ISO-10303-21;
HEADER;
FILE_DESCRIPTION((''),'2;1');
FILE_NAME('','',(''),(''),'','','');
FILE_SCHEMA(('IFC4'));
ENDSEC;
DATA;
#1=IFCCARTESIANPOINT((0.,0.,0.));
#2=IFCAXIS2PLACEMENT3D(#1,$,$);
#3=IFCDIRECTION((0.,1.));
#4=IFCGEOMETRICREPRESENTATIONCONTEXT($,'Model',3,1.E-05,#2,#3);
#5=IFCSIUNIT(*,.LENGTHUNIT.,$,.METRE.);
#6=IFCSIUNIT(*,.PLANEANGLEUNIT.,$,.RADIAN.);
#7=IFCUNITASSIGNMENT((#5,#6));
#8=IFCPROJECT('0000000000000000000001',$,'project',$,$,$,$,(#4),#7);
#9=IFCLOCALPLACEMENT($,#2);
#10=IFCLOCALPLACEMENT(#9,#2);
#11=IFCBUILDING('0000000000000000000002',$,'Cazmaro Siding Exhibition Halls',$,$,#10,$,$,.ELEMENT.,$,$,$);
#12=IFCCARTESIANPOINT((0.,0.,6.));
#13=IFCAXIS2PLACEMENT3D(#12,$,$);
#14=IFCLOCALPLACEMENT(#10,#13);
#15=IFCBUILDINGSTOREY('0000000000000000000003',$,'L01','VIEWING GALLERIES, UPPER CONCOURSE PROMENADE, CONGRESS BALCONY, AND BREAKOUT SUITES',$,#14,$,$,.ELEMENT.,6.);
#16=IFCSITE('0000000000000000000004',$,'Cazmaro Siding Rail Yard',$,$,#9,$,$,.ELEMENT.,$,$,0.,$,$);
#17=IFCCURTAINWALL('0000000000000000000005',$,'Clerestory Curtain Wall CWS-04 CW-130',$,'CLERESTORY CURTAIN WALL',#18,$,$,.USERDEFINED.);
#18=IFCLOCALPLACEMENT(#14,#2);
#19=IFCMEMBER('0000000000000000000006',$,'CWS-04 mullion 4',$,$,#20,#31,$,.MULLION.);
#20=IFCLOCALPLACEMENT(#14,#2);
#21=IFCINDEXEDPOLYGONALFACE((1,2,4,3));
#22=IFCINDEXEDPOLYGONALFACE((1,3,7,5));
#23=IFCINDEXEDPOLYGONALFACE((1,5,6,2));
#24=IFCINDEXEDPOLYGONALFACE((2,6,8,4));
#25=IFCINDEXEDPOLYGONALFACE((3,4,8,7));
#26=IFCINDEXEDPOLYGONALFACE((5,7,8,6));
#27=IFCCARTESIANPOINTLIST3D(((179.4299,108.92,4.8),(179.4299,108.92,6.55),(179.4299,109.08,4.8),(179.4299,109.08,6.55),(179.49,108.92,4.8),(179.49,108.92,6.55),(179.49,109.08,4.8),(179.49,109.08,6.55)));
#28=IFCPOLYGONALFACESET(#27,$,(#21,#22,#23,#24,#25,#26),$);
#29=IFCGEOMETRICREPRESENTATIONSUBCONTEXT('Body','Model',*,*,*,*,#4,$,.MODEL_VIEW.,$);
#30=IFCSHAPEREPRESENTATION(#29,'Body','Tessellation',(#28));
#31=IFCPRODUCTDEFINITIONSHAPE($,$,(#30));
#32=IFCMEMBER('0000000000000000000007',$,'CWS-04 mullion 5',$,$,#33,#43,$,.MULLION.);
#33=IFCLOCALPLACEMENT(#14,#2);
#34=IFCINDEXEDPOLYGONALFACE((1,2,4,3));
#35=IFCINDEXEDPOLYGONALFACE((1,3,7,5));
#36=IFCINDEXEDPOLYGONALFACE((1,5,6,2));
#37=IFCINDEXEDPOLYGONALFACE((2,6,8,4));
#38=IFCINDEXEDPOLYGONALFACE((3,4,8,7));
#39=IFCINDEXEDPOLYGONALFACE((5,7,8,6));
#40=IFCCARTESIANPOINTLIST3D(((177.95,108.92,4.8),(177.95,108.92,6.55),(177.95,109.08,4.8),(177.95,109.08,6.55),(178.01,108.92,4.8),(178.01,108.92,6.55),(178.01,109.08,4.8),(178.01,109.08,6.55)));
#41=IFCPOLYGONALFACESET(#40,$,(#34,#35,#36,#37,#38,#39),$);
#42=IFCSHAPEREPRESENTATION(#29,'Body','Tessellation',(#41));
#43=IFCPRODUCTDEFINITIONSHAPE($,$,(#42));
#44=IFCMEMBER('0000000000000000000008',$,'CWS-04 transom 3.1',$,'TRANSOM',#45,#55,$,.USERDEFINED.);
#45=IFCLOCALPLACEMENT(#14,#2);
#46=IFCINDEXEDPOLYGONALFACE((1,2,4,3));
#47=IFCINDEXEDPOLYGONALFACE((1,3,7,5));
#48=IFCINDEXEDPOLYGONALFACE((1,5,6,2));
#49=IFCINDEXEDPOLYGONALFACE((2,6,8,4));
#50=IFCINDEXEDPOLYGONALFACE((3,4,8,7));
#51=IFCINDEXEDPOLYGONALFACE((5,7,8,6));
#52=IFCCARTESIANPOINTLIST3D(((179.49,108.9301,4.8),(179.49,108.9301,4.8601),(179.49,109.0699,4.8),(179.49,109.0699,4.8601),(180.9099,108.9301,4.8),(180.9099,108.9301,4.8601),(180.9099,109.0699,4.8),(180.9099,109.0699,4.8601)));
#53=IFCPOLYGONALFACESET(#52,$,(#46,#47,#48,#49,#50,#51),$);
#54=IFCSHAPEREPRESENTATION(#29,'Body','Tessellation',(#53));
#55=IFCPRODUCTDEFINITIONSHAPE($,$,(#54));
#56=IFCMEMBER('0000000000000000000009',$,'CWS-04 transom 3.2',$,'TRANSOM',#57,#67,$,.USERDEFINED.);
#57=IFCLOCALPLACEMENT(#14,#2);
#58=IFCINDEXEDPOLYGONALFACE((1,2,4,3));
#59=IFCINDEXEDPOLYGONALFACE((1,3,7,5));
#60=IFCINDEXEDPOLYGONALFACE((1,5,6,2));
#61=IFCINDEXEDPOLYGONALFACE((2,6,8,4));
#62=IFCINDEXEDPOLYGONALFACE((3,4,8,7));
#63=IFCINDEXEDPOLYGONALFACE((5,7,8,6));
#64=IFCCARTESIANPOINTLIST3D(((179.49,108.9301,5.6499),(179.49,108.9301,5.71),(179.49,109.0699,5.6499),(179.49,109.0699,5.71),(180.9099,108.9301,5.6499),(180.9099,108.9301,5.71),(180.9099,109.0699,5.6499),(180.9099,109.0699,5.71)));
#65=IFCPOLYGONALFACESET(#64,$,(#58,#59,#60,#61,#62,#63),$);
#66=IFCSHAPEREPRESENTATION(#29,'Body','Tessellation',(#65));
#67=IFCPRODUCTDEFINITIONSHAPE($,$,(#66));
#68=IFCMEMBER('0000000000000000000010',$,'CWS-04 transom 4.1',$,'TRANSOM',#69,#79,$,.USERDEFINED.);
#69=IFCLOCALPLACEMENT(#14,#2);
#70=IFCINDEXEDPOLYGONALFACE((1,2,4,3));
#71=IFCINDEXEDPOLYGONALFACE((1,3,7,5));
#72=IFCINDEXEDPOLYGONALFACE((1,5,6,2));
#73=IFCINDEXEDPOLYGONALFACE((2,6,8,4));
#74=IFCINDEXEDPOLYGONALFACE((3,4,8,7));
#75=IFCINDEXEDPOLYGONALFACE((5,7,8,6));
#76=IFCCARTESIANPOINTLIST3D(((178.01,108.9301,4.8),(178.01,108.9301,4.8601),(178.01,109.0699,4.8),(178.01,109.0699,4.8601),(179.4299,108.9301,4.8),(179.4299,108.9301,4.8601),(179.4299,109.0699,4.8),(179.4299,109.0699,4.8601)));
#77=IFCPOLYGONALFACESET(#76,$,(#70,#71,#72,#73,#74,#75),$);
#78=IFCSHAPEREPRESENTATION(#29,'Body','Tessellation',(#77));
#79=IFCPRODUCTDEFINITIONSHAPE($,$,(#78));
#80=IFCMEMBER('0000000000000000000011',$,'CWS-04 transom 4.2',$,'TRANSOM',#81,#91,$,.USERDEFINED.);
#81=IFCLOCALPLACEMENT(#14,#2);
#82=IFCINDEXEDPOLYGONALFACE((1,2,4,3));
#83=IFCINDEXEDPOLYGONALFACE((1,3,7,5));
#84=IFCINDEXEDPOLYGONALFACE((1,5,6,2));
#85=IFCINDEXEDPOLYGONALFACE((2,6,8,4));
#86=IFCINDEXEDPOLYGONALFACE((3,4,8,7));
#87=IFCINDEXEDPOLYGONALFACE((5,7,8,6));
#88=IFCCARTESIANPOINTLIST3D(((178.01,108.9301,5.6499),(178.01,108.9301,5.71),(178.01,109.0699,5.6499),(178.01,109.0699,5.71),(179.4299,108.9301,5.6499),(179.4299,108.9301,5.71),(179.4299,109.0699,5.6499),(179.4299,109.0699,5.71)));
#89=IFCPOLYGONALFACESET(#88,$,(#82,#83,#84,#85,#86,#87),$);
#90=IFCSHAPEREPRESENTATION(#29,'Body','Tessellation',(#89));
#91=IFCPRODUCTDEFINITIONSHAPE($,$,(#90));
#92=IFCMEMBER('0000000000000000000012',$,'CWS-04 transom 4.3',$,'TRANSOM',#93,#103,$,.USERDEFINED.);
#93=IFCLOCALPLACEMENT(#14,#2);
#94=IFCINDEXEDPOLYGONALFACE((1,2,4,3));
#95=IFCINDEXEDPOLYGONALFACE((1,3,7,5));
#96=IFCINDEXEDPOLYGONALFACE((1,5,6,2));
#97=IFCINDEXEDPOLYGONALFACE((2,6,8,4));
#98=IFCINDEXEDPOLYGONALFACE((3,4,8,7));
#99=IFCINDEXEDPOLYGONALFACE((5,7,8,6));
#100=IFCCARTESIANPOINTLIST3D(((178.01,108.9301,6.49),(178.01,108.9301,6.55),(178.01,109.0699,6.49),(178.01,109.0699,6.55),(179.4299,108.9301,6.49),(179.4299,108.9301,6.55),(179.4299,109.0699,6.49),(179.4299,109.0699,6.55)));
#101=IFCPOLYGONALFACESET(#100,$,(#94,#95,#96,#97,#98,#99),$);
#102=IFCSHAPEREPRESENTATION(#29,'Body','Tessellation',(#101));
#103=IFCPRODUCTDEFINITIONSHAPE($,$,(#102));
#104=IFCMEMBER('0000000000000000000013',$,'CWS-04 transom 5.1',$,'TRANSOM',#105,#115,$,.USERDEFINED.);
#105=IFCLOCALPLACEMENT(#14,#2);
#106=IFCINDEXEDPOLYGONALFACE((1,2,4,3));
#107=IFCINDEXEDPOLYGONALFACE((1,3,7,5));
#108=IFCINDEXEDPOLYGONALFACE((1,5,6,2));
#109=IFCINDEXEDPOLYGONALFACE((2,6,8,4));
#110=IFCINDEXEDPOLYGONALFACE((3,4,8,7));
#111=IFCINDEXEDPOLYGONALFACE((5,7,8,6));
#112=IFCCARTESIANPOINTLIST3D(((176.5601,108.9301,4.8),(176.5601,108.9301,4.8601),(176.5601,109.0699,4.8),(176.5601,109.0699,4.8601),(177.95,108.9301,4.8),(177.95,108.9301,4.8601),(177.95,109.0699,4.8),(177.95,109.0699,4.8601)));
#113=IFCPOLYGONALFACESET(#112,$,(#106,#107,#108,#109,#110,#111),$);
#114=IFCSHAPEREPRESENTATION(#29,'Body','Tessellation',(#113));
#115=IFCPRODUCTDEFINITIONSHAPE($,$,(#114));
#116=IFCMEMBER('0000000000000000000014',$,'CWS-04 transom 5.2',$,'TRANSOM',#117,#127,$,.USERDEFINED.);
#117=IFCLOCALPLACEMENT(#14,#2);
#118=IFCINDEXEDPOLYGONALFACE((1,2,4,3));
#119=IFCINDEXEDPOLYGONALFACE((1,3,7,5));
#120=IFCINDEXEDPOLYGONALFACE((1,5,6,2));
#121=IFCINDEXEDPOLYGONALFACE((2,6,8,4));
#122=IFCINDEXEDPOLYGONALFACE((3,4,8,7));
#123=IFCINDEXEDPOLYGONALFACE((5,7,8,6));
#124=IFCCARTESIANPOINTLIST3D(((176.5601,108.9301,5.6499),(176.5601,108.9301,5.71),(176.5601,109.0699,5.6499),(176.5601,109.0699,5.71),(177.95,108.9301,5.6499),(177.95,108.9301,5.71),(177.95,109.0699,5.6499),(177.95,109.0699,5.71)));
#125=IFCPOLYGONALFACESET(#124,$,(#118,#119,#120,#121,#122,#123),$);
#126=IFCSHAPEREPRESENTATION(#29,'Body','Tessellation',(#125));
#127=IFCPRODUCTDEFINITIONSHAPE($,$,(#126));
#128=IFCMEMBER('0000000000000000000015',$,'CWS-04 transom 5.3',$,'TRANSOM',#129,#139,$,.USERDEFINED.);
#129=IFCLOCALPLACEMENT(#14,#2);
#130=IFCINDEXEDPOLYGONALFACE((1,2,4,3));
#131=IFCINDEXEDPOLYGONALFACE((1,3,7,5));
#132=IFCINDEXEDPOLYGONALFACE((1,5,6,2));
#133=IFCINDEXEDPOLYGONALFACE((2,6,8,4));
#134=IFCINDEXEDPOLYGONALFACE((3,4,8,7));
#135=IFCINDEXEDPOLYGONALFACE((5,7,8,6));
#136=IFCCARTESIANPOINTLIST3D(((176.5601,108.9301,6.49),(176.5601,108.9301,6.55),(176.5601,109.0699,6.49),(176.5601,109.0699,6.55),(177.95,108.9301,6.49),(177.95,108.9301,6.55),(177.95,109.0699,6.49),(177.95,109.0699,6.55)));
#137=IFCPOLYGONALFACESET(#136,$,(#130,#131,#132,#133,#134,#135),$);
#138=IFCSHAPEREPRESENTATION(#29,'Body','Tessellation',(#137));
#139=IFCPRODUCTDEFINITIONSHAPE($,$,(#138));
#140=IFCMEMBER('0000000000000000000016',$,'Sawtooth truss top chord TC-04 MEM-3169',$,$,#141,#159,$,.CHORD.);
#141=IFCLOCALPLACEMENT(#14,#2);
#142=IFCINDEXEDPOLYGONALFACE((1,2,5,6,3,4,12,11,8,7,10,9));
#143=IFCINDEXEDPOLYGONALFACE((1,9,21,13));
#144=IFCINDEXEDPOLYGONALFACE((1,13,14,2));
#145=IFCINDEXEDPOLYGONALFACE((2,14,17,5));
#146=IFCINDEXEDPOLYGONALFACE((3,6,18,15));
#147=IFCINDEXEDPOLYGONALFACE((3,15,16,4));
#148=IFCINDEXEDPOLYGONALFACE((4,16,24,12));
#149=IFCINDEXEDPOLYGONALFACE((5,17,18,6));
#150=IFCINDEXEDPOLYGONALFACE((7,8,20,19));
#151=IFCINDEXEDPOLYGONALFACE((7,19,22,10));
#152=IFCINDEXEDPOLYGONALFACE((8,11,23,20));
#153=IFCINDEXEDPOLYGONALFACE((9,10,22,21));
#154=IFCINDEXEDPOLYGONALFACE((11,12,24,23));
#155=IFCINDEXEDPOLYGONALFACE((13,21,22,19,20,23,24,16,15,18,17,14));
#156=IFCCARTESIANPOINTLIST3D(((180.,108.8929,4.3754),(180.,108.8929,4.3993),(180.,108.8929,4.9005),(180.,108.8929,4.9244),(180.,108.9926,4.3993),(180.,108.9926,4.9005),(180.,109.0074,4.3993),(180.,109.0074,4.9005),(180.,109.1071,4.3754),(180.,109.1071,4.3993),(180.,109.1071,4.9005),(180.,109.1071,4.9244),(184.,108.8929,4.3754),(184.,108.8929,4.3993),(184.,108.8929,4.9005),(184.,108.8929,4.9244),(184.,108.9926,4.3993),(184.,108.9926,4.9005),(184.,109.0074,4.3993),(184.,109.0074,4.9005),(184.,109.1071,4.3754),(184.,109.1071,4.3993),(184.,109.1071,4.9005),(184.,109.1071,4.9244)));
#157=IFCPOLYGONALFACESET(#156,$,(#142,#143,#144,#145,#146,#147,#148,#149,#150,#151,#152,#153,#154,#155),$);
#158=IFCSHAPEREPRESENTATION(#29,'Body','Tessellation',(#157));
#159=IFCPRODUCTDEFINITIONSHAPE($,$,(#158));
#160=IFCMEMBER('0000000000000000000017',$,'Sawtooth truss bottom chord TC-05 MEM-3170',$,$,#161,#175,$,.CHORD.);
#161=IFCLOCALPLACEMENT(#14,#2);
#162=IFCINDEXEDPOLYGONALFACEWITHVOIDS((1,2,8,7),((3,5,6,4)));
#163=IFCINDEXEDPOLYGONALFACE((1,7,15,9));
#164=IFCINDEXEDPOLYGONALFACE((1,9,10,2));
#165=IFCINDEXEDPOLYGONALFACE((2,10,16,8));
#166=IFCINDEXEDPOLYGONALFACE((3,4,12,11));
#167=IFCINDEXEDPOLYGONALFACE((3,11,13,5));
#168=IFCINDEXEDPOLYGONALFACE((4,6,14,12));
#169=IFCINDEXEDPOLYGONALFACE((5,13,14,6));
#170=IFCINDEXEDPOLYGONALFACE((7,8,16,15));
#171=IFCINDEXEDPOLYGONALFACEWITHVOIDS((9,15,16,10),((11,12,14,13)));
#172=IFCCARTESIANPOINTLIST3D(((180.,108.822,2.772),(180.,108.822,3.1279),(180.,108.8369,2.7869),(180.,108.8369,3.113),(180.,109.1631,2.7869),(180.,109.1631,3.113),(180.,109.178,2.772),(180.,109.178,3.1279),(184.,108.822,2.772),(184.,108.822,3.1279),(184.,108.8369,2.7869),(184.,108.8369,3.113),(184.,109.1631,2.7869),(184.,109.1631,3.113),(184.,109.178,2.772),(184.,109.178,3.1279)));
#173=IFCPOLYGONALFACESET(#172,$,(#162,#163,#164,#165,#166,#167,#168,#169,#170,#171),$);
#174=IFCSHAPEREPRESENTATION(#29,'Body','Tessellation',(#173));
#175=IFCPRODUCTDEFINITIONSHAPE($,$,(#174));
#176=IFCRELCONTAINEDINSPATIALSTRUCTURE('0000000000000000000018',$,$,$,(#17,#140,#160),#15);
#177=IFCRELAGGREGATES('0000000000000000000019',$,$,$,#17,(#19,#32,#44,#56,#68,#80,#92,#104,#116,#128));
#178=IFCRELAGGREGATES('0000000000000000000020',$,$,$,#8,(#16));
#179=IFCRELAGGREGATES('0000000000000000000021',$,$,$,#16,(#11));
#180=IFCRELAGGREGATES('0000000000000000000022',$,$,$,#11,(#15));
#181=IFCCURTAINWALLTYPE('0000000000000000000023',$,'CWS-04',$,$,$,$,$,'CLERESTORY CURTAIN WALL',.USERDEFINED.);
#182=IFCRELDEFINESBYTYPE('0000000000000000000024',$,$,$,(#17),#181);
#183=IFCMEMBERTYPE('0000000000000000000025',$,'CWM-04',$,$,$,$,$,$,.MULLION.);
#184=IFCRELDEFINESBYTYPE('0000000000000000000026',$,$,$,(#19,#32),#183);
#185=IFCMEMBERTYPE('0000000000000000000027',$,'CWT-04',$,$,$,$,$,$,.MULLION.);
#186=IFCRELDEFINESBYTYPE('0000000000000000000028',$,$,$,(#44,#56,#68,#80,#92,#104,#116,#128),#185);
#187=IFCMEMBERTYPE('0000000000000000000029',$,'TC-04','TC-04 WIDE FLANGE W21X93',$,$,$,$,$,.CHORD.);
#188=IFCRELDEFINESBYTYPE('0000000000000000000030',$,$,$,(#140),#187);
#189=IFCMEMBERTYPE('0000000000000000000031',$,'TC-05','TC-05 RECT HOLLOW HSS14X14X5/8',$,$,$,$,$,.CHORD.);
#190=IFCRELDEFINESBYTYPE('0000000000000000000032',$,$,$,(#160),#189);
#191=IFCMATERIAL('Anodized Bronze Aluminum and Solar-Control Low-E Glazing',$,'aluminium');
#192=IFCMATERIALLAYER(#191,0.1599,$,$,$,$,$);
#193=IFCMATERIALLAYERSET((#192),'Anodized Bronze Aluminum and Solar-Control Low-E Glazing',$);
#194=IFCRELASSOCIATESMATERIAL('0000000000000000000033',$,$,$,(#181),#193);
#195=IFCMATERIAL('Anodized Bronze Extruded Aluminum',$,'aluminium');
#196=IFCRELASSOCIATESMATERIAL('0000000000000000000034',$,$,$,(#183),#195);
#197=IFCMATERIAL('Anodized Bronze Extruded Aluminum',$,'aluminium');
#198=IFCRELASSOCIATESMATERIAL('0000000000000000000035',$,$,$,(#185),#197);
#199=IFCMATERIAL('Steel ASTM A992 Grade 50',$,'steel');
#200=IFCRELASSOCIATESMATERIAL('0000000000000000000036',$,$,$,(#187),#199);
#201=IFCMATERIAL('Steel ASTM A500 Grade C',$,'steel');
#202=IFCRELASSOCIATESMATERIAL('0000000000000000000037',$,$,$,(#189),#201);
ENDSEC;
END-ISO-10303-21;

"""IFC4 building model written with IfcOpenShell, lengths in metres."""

from ifc_helpers import new_model, si_unit, direction, frame, origin, origin_2d, place, context, subcontext, project, spatial, rectangle, hollow_rectangle, i_section, extrude, material, layer, layer_set, material_profile, profile_set, type_object, element, aggregate, save


model = new_model("IFC4")

# Units and contexts
model_context = context("Model", 3, precision=1e-05, world=origin(), true_north=direction((0.0, 1.0)))
body_context = subcontext(model_context, "Body", "Model", "MODEL_VIEW")
ifc_project = project(units=[si_unit("LENGTHUNIT", "METRE"), si_unit("PLANEANGLEUNIT", "RADIAN")], contexts=[model_context])

# Site, building, storey
site_placement = place(None, origin())
site = spatial("IfcSite", under=ifc_project, at=site_placement, Name="Cazmaro Siding Rail Yard", CompositionType="ELEMENT", RefElevation=0.0)
building_placement = place(site_placement, origin())
building = spatial("IfcBuilding", under=site, at=building_placement, Name="Cazmaro Siding Exhibition Halls", CompositionType="ELEMENT")
storey_placement = place(building_placement, frame((0.0, 0.0, 6.0)))
storey = spatial("IfcBuildingStorey", under=building, at=storey_placement, Name="L01", Description="VIEWING GALLERIES, UPPER CONCOURSE PROMENADE, CONGRESS BALCONY, AND BREAKOUT SUITES", CompositionType="ELEMENT", Elevation=6.0)

# Curtain wall, members
ifc_material_1 = material(Name="Anodized Bronze Aluminum and Solar-Control Low-E Glazing", Category="aluminium")
ifc_layer_1 = layer(ifc_material_1, 0.1599)
ifc_layer_set_1 = layer_set([ifc_layer_1], Name="Anodized Bronze Aluminum and Solar-Control Low-E Glazing")
curtain_wall_type = type_object("IfcCurtainWallType", Name="CWS-04", ElementType="CLERESTORY CURTAIN WALL", PredefinedType="USERDEFINED", material=ifc_layer_set_1)
curtain_wall_placement = place(storey_placement, origin())
curtain_wall = element("IfcCurtainWall", 1, at=curtain_wall_placement, inside=storey, type_object=curtain_wall_type, Name="Clerestory Curtain Wall CWS-04 CW-130", ObjectType="CLERESTORY CURTAIN WALL", PredefinedType="USERDEFINED")
ifc_material_2 = material(Name="Anodized Bronze Extruded Aluminum", Category="aluminium")
ifc_material_profile_1 = material_profile(ifc_material_2, rectangle(XDim=0.1599, YDim=0.0601, at=origin_2d()), Name="CWM-04")
ifc_profile_set_1 = profile_set([ifc_material_profile_1], Name="Anodized Bronze Extruded Aluminum")
member_type_1 = type_object("IfcMemberType", Name="CWM-04", PredefinedType="MULLION", material=ifc_profile_set_1)
member_1_placement = place(storey_placement, frame((179.46, 109.0, 4.8), z_axis=(0.0, 0.0, 1.0), x_axis=(0.0, -1.0, 0.0)))
member_1 = element("IfcMember", 2, at=member_1_placement, type_object=member_type_1, Name="CWS-04 mullion 4", PredefinedType="MULLION", context=body_context, shape_type="SweptSolid", body=[
    extrude(rectangle(XDim=0.1599, YDim=0.0601, at=origin_2d()), origin(), (0.0, 0.0, 1.0), 1.75),
])
member_2_placement = place(storey_placement, frame((177.98, 109.0, 4.8), z_axis=(0.0, 0.0, 1.0), x_axis=(0.0, -1.0, 0.0)))
member_2 = element("IfcMember", 3, at=member_2_placement, type_object=member_type_1, Name="CWS-04 mullion 5", PredefinedType="MULLION", context=body_context, shape_type="SweptSolid", body=[
    extrude(rectangle(XDim=0.1599, YDim=0.0601, at=origin_2d()), origin(), (0.0, 0.0, 1.0), 1.75),
])
ifc_material_3 = material(Name="Anodized Bronze Extruded Aluminum", Category="aluminium")
ifc_material_profile_2 = material_profile(ifc_material_3, rectangle(XDim=0.1399, YDim=0.0601, at=origin_2d()), Name="CWT-04")
ifc_profile_set_2 = profile_set([ifc_material_profile_2], Name="Anodized Bronze Extruded Aluminum")
member_type_2 = type_object("IfcMemberType", Name="CWT-04", PredefinedType="MULLION", material=ifc_profile_set_2)
member_3_placement = place(storey_placement, frame((180.9099, 109.0, 4.8301), z_axis=(-1.0, 0.0, 0.0), x_axis=(0.0, -1.0, 0.0)))
member_3 = element("IfcMember", 4, at=member_3_placement, type_object=member_type_2, Name="CWS-04 transom 3.1", ObjectType="TRANSOM", PredefinedType="USERDEFINED", context=body_context, shape_type="SweptSolid", body=[
    extrude(rectangle(XDim=0.1399, YDim=0.0601, at=origin_2d()), origin(), (0.0, 0.0, 1.0), 1.4199),
])
member_4_placement = place(storey_placement, frame((180.9099, 109.0, 5.6799), z_axis=(-1.0, 0.0, 0.0), x_axis=(0.0, -1.0, 0.0)))
member_4 = element("IfcMember", 5, at=member_4_placement, type_object=member_type_2, Name="CWS-04 transom 3.2", ObjectType="TRANSOM", PredefinedType="USERDEFINED", context=body_context, shape_type="SweptSolid", body=[
    extrude(rectangle(XDim=0.1399, YDim=0.0601, at=origin_2d()), origin(), (0.0, 0.0, 1.0), 1.4199),
])
member_5_placement = place(storey_placement, frame((179.4299, 109.0, 4.8301), z_axis=(-1.0, 0.0, 0.0), x_axis=(0.0, -1.0, 0.0)))
member_5 = element("IfcMember", 6, at=member_5_placement, type_object=member_type_2, Name="CWS-04 transom 4.1", ObjectType="TRANSOM", PredefinedType="USERDEFINED", context=body_context, shape_type="SweptSolid", body=[
    extrude(rectangle(XDim=0.1399, YDim=0.0601, at=origin_2d()), origin(), (0.0, 0.0, 1.0), 1.4199),
])
member_6_placement = place(storey_placement, frame((179.4299, 109.0, 5.6799), z_axis=(-1.0, 0.0, 0.0), x_axis=(0.0, -1.0, 0.0)))
member_6 = element("IfcMember", 7, at=member_6_placement, type_object=member_type_2, Name="CWS-04 transom 4.2", ObjectType="TRANSOM", PredefinedType="USERDEFINED", context=body_context, shape_type="SweptSolid", body=[
    extrude(rectangle(XDim=0.1399, YDim=0.0601, at=origin_2d()), origin(), (0.0, 0.0, 1.0), 1.4199),
])
member_7_placement = place(storey_placement, frame((179.4299, 109.0, 6.52), z_axis=(-1.0, 0.0, 0.0), x_axis=(0.0, -1.0, 0.0)))
member_7 = element("IfcMember", 8, at=member_7_placement, type_object=member_type_2, Name="CWS-04 transom 4.3", ObjectType="TRANSOM", PredefinedType="USERDEFINED", context=body_context, shape_type="SweptSolid", body=[
    extrude(rectangle(XDim=0.1399, YDim=0.0601, at=origin_2d()), origin(), (0.0, 0.0, 1.0), 1.4199),
])
member_8_placement = place(storey_placement, frame((177.95, 109.0, 4.8301), z_axis=(-1.0, 0.0, 0.0), x_axis=(0.0, -1.0, 0.0)))
member_8 = element("IfcMember", 9, at=member_8_placement, type_object=member_type_2, Name="CWS-04 transom 5.1", ObjectType="TRANSOM", PredefinedType="USERDEFINED", context=body_context, shape_type="SweptSolid", body=[
    extrude(rectangle(XDim=0.1399, YDim=0.0601, at=origin_2d()), origin(), (0.0, 0.0, 1.0), 1.3899),
])
member_9_placement = place(storey_placement, frame((177.95, 109.0, 5.6799), z_axis=(-1.0, 0.0, 0.0), x_axis=(0.0, -1.0, 0.0)))
member_9 = element("IfcMember", 10, at=member_9_placement, type_object=member_type_2, Name="CWS-04 transom 5.2", ObjectType="TRANSOM", PredefinedType="USERDEFINED", context=body_context, shape_type="SweptSolid", body=[
    extrude(rectangle(XDim=0.1399, YDim=0.0601, at=origin_2d()), origin(), (0.0, 0.0, 1.0), 1.3899),
])
member_10_placement = place(storey_placement, frame((177.95, 109.0, 6.52), z_axis=(-1.0, 0.0, 0.0), x_axis=(0.0, -1.0, 0.0)))
member_10 = element("IfcMember", 11, at=member_10_placement, type_object=member_type_2, Name="CWS-04 transom 5.3", ObjectType="TRANSOM", PredefinedType="USERDEFINED", context=body_context, shape_type="SweptSolid", body=[
    extrude(rectangle(XDim=0.1399, YDim=0.0601, at=origin_2d()), origin(), (0.0, 0.0, 1.0), 1.3899),
])

# Members
ifc_material_4 = material(Name="Steel ASTM A992 Grade 50", Category="steel")
ifc_material_profile_3 = material_profile(ifc_material_4, i_section(OverallWidth=0.2141, OverallDepth=0.5491, WebThickness=0.0149, FlangeThickness=0.0239, at=origin_2d()), Name="W21X93")
ifc_profile_set_3 = profile_set([ifc_material_profile_3], Name="Steel ASTM A992 Grade 50")
member_type_3 = type_object("IfcMemberType", Name="TC-04", Description="TC-04 WIDE FLANGE W21X93", PredefinedType="CHORD", material=ifc_profile_set_3)
member_11_placement = place(storey_placement, frame((180.0, 109.0, 4.6499), z_axis=(1.0, 0.0, 0.0), x_axis=(0.0, 1.0, 0.0)))
element("IfcMember", 12, at=member_11_placement, inside=storey, type_object=member_type_3, Name="Sawtooth truss top chord TC-04 MEM-3169", PredefinedType="CHORD", context=body_context, shape_type="SweptSolid", body=[
    extrude(i_section(OverallWidth=0.2141, OverallDepth=0.5491, WebThickness=0.0149, FlangeThickness=0.0239, at=origin_2d()), origin(), (0.0, 0.0, 1.0), 4.0),
])
ifc_material_5 = material(Name="Steel ASTM A500 Grade C", Category="steel")
ifc_material_profile_4 = material_profile(ifc_material_5, hollow_rectangle(XDim=0.356, YDim=0.356, WallThickness=0.0149, at=origin_2d()), Name="HSS14X14X5/8")
ifc_profile_set_4 = profile_set([ifc_material_profile_4], Name="Steel ASTM A500 Grade C")
member_type_4 = type_object("IfcMemberType", Name="TC-05", Description="TC-05 RECT HOLLOW HSS14X14X5/8", PredefinedType="CHORD", material=ifc_profile_set_4)
member_12_placement = place(storey_placement, frame((180.0, 109.0, 2.95), z_axis=(1.0, 0.0, 0.0), x_axis=(0.0, 1.0, 0.0)))
element("IfcMember", 13, at=member_12_placement, inside=storey, type_object=member_type_4, Name="Sawtooth truss bottom chord TC-05 MEM-3170", PredefinedType="CHORD", context=body_context, shape_type="SweptSolid", body=[
    extrude(hollow_rectangle(XDim=0.356, YDim=0.356, WallThickness=0.0149, at=origin_2d()), origin(), (0.0, 0.0, 1.0), 4.0),
])

aggregate(curtain_wall, [member_1, member_2, member_3, member_4, member_5, member_6, member_7, member_8, member_9, member_10])

save(model, "model.ifc")
